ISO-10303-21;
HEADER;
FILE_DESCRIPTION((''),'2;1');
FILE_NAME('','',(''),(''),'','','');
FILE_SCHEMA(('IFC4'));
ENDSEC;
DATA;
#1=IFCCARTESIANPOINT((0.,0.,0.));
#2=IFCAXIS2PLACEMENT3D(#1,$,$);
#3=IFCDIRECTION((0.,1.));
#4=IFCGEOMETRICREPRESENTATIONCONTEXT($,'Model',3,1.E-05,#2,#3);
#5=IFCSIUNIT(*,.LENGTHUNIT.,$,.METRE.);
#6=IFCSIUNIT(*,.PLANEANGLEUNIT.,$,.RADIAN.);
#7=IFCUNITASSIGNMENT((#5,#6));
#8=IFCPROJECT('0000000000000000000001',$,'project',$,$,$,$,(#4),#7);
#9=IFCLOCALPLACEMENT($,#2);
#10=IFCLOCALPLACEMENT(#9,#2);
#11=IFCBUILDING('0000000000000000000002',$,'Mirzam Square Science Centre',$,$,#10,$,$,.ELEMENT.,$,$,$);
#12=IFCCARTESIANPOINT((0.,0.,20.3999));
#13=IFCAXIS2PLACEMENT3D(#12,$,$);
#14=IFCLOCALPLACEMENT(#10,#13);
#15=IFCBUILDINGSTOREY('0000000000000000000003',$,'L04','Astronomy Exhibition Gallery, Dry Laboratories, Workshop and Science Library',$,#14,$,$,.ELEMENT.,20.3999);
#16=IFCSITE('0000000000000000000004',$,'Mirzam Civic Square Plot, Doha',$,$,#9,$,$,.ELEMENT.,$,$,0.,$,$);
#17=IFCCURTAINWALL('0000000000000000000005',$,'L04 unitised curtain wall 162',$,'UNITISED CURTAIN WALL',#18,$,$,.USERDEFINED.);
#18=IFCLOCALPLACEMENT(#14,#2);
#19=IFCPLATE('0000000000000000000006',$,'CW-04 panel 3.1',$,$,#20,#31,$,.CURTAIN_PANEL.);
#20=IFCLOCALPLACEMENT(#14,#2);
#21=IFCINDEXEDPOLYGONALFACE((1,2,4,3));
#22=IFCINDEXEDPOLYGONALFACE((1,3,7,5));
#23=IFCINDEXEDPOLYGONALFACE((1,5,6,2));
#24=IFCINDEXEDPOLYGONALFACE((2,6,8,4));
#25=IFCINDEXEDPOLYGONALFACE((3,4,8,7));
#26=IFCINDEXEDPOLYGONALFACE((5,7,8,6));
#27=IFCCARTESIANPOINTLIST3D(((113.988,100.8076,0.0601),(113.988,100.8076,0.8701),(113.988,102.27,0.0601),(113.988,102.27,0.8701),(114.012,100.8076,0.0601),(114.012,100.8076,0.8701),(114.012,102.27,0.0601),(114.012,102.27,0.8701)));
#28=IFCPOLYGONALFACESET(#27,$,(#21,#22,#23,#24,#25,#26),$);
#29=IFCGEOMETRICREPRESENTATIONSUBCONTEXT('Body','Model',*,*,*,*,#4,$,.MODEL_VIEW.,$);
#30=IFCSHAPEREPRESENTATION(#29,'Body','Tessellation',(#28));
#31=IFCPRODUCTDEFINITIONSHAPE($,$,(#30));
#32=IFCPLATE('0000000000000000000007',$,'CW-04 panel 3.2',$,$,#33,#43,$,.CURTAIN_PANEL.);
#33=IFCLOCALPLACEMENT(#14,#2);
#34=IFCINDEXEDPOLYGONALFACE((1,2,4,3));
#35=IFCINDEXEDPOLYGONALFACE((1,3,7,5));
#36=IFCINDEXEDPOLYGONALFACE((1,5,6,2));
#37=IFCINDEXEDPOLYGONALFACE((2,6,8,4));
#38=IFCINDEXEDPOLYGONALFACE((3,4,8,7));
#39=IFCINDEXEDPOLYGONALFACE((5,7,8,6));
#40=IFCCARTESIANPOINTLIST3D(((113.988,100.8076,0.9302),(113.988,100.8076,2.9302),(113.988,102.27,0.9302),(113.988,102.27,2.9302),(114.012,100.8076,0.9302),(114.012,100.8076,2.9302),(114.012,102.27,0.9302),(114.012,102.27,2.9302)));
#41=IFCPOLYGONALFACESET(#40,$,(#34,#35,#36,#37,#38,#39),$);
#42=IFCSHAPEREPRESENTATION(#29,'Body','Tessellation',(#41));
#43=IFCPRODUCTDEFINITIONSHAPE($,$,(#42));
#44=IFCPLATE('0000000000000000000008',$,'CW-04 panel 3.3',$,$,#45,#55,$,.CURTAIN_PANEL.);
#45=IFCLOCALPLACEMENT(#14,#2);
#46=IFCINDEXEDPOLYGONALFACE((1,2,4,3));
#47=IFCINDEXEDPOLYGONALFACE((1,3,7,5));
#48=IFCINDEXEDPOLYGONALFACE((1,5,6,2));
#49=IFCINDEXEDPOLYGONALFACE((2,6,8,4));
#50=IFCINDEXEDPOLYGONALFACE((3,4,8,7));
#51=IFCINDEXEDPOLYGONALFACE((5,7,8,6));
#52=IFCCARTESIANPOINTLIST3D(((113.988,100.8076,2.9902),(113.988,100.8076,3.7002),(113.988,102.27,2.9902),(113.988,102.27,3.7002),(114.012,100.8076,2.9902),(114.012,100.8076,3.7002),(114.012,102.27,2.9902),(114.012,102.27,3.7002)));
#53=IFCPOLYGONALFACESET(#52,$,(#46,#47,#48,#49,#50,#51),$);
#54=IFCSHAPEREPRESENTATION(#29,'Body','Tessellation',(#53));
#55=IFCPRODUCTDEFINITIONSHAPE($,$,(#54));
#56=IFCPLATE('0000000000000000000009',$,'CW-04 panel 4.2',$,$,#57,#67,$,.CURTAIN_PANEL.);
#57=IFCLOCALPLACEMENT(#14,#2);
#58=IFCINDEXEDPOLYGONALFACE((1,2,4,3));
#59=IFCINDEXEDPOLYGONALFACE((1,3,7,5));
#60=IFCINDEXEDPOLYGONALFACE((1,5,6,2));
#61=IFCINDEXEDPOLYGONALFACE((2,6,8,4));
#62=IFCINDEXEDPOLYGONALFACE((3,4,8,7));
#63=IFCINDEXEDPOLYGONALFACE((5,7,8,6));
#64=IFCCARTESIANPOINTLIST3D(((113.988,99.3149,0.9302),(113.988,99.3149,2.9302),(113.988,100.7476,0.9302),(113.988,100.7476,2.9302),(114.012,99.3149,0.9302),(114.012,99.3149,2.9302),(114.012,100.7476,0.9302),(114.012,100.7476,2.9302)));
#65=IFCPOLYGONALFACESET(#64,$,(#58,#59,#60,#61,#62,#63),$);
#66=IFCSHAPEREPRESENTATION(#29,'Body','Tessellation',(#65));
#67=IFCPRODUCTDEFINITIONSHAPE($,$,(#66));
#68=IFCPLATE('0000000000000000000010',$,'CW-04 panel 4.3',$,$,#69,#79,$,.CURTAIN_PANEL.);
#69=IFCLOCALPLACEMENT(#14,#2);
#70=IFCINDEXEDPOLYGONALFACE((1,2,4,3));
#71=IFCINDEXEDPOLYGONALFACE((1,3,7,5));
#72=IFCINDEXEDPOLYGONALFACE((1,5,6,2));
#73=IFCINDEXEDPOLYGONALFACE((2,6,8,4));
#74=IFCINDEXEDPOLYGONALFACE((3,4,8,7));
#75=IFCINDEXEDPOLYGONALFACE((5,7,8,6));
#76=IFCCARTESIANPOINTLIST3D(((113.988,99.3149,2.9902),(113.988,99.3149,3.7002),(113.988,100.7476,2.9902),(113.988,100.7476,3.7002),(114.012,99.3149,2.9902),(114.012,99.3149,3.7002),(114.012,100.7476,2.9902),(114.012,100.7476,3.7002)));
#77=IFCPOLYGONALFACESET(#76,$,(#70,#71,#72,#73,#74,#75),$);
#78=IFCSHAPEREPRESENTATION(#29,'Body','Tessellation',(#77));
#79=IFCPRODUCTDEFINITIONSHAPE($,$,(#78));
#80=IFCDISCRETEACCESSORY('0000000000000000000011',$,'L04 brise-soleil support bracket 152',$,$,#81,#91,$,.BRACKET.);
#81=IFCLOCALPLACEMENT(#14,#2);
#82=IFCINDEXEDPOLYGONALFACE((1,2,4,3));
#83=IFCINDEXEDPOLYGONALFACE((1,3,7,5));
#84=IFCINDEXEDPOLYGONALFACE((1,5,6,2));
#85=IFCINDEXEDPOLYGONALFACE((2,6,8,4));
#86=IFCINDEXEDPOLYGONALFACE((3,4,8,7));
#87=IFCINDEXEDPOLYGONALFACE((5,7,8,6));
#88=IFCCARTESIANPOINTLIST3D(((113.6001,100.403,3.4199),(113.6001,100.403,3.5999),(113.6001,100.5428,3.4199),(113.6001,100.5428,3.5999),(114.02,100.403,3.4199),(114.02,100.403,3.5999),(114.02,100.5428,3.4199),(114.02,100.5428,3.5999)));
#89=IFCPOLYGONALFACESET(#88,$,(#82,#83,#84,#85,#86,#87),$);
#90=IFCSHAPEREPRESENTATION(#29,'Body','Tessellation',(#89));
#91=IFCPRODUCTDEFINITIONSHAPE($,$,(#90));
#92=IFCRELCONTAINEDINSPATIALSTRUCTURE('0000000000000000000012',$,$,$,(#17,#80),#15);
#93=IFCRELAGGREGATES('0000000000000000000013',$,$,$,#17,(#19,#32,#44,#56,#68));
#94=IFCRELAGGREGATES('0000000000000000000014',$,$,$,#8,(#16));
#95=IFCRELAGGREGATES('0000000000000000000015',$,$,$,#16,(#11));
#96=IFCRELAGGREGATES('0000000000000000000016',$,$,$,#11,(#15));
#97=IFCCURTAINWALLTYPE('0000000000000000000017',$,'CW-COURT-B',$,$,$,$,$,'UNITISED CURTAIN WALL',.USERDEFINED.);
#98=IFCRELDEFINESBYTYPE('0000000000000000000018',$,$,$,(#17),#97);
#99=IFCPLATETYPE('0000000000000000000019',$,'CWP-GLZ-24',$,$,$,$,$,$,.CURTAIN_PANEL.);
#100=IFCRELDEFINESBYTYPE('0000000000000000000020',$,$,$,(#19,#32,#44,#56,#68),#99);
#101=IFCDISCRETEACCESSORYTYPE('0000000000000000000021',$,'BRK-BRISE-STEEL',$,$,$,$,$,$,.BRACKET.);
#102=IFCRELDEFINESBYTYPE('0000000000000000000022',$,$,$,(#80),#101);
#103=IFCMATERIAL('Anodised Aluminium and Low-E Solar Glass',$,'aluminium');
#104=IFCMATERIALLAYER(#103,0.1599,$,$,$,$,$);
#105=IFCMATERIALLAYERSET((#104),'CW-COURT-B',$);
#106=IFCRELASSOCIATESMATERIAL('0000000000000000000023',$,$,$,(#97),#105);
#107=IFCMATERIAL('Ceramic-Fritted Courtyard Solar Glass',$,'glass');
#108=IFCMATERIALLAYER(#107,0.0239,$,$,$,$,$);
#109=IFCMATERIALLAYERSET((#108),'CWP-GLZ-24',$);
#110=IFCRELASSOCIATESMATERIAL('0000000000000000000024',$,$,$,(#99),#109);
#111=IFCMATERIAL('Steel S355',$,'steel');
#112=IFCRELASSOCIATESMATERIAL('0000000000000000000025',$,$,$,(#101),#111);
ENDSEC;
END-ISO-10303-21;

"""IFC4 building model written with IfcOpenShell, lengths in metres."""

from ifc_helpers import new_model, si_unit, direction, frame, origin, origin_2d, place, context, subcontext, project, spatial, rectangle, extrude, material, layer, layer_set, type_object, element, aggregate, save


model = new_model("IFC4")

# Units and contexts
model_context = context("Model", 3, precision=1e-05, world=origin(), true_north=direction((0.0, 1.0)))
body_context = subcontext(model_context, "Body", "Model", "MODEL_VIEW")
ifc_project = project(units=[si_unit("LENGTHUNIT", "METRE"), si_unit("PLANEANGLEUNIT", "RADIAN")], contexts=[model_context])

# Site, building, storey
site_placement = place(None, origin())
site = spatial("IfcSite", under=ifc_project, at=site_placement, Name="Mirzam Civic Square Plot, Doha", CompositionType="ELEMENT", RefElevation=0.0)
building_placement = place(site_placement, origin())
building = spatial("IfcBuilding", under=site, at=building_placement, Name="Mirzam Square Science Centre", CompositionType="ELEMENT")
storey_placement = place(building_placement, frame((0.0, 0.0, 20.3999)))
storey = spatial("IfcBuildingStorey", under=building, at=storey_placement, Name="L04", Description="Astronomy Exhibition Gallery, Dry Laboratories, Workshop and Science Library", CompositionType="ELEMENT", Elevation=20.3999)

# Curtain wall, plates
ifc_material_1 = material(Name="Anodised Aluminium and Low-E Solar Glass", Category="aluminium")
ifc_layer_1 = layer(ifc_material_1, 0.1599)
ifc_layer_set_1 = layer_set([ifc_layer_1], Name="CW-COURT-B")
curtain_wall_type = type_object("IfcCurtainWallType", Name="CW-COURT-B", ElementType="UNITISED CURTAIN WALL", PredefinedType="USERDEFINED", material=ifc_layer_set_1)
curtain_wall_placement = place(storey_placement, origin())
curtain_wall = element("IfcCurtainWall", 1, at=curtain_wall_placement, inside=storey, type_object=curtain_wall_type, Name="L04 unitised curtain wall 162", ObjectType="UNITISED CURTAIN WALL", PredefinedType="USERDEFINED")
ifc_material_2 = material(Name="Ceramic-Fritted Courtyard Solar Glass", Category="glass")
ifc_layer_2 = layer(ifc_material_2, 0.0239)
ifc_layer_set_2 = layer_set([ifc_layer_2], Name="CWP-GLZ-24")
plate_type = type_object("IfcPlateType", Name="CWP-GLZ-24", PredefinedType="CURTAIN_PANEL", material=ifc_layer_set_2)
plate_1_placement = place(storey_placement, frame((114.0, 101.5388, 0.0601), z_axis=(0.0, 0.0, 1.0), x_axis=(0.0, -1.0, 0.0)))
plate_1 = element("IfcPlate", 2, at=plate_1_placement, type_object=plate_type, Name="CW-04 panel 3.1", PredefinedType="CURTAIN_PANEL", context=body_context, shape_type="SweptSolid", body=[
    extrude(rectangle(XDim=1.4624, YDim=0.0239, at=origin_2d()), origin(), (0.0, 0.0, 1.0), 0.8101),
])
plate_2_placement = place(storey_placement, frame((114.0, 101.5388, 0.9302), z_axis=(0.0, 0.0, 1.0), x_axis=(0.0, -1.0, 0.0)))
plate_2 = element("IfcPlate", 3, at=plate_2_placement, type_object=plate_type, Name="CW-04 panel 3.2", PredefinedType="CURTAIN_PANEL", context=body_context, shape_type="SweptSolid", body=[
    extrude(rectangle(XDim=1.4624, YDim=0.0239, at=origin_2d()), origin(), (0.0, 0.0, 1.0), 2.0),
])
plate_3_placement = place(storey_placement, frame((114.0, 101.5388, 2.9902), z_axis=(0.0, 0.0, 1.0), x_axis=(0.0, -1.0, 0.0)))
plate_3 = element("IfcPlate", 4, at=plate_3_placement, type_object=plate_type, Name="CW-04 panel 3.3", PredefinedType="CURTAIN_PANEL", context=body_context, shape_type="SweptSolid", body=[
    extrude(rectangle(XDim=1.4624, YDim=0.0239, at=origin_2d()), origin(), (0.0, 0.0, 1.0), 0.71),
])
plate_4_placement = place(storey_placement, frame((114.0, 100.0312, 0.9302), z_axis=(0.0, 0.0, 1.0), x_axis=(0.0, -1.0, 0.0)))
plate_4 = element("IfcPlate", 5, at=plate_4_placement, type_object=plate_type, Name="CW-04 panel 4.2", PredefinedType="CURTAIN_PANEL", context=body_context, shape_type="SweptSolid", body=[
    extrude(rectangle(XDim=1.4326, YDim=0.0239, at=origin_2d()), origin(), (0.0, 0.0, 1.0), 2.0),
])
plate_5_placement = place(storey_placement, frame((114.0, 100.0312, 2.9902), z_axis=(0.0, 0.0, 1.0), x_axis=(0.0, -1.0, 0.0)))
plate_5 = element("IfcPlate", 6, at=plate_5_placement, type_object=plate_type, Name="CW-04 panel 4.3", PredefinedType="CURTAIN_PANEL", context=body_context, shape_type="SweptSolid", body=[
    extrude(rectangle(XDim=1.4326, YDim=0.0239, at=origin_2d()), origin(), (0.0, 0.0, 1.0), 0.71),
])
aggregate(curtain_wall, [plate_1, plate_2, plate_3, plate_4, plate_5])

# Discrete accessory
ifc_material_3 = material(Name="Steel S355", Category="steel")
discrete_accessory_type = type_object("IfcDiscreteAccessoryType", Name="BRK-BRISE-STEEL", PredefinedType="BRACKET", material=ifc_material_3)
discrete_accessory_placement = place(storey_placement, frame((113.8101, 100.4729, 3.4199), z_axis=(0.0, 0.0, 1.0), x_axis=(0.0, -1.0, 0.0)))
element("IfcDiscreteAccessory", 7, at=discrete_accessory_placement, inside=storey, type_object=discrete_accessory_type, Name="L04 brise-soleil support bracket 152", PredefinedType="BRACKET", context=body_context, shape_type="SweptSolid", body=[
    extrude(rectangle(XDim=0.1399, YDim=0.4199, at=origin_2d()), origin(), (0.0, 0.0, 1.0), 0.1799),
])

save(model, "model.ifc")
